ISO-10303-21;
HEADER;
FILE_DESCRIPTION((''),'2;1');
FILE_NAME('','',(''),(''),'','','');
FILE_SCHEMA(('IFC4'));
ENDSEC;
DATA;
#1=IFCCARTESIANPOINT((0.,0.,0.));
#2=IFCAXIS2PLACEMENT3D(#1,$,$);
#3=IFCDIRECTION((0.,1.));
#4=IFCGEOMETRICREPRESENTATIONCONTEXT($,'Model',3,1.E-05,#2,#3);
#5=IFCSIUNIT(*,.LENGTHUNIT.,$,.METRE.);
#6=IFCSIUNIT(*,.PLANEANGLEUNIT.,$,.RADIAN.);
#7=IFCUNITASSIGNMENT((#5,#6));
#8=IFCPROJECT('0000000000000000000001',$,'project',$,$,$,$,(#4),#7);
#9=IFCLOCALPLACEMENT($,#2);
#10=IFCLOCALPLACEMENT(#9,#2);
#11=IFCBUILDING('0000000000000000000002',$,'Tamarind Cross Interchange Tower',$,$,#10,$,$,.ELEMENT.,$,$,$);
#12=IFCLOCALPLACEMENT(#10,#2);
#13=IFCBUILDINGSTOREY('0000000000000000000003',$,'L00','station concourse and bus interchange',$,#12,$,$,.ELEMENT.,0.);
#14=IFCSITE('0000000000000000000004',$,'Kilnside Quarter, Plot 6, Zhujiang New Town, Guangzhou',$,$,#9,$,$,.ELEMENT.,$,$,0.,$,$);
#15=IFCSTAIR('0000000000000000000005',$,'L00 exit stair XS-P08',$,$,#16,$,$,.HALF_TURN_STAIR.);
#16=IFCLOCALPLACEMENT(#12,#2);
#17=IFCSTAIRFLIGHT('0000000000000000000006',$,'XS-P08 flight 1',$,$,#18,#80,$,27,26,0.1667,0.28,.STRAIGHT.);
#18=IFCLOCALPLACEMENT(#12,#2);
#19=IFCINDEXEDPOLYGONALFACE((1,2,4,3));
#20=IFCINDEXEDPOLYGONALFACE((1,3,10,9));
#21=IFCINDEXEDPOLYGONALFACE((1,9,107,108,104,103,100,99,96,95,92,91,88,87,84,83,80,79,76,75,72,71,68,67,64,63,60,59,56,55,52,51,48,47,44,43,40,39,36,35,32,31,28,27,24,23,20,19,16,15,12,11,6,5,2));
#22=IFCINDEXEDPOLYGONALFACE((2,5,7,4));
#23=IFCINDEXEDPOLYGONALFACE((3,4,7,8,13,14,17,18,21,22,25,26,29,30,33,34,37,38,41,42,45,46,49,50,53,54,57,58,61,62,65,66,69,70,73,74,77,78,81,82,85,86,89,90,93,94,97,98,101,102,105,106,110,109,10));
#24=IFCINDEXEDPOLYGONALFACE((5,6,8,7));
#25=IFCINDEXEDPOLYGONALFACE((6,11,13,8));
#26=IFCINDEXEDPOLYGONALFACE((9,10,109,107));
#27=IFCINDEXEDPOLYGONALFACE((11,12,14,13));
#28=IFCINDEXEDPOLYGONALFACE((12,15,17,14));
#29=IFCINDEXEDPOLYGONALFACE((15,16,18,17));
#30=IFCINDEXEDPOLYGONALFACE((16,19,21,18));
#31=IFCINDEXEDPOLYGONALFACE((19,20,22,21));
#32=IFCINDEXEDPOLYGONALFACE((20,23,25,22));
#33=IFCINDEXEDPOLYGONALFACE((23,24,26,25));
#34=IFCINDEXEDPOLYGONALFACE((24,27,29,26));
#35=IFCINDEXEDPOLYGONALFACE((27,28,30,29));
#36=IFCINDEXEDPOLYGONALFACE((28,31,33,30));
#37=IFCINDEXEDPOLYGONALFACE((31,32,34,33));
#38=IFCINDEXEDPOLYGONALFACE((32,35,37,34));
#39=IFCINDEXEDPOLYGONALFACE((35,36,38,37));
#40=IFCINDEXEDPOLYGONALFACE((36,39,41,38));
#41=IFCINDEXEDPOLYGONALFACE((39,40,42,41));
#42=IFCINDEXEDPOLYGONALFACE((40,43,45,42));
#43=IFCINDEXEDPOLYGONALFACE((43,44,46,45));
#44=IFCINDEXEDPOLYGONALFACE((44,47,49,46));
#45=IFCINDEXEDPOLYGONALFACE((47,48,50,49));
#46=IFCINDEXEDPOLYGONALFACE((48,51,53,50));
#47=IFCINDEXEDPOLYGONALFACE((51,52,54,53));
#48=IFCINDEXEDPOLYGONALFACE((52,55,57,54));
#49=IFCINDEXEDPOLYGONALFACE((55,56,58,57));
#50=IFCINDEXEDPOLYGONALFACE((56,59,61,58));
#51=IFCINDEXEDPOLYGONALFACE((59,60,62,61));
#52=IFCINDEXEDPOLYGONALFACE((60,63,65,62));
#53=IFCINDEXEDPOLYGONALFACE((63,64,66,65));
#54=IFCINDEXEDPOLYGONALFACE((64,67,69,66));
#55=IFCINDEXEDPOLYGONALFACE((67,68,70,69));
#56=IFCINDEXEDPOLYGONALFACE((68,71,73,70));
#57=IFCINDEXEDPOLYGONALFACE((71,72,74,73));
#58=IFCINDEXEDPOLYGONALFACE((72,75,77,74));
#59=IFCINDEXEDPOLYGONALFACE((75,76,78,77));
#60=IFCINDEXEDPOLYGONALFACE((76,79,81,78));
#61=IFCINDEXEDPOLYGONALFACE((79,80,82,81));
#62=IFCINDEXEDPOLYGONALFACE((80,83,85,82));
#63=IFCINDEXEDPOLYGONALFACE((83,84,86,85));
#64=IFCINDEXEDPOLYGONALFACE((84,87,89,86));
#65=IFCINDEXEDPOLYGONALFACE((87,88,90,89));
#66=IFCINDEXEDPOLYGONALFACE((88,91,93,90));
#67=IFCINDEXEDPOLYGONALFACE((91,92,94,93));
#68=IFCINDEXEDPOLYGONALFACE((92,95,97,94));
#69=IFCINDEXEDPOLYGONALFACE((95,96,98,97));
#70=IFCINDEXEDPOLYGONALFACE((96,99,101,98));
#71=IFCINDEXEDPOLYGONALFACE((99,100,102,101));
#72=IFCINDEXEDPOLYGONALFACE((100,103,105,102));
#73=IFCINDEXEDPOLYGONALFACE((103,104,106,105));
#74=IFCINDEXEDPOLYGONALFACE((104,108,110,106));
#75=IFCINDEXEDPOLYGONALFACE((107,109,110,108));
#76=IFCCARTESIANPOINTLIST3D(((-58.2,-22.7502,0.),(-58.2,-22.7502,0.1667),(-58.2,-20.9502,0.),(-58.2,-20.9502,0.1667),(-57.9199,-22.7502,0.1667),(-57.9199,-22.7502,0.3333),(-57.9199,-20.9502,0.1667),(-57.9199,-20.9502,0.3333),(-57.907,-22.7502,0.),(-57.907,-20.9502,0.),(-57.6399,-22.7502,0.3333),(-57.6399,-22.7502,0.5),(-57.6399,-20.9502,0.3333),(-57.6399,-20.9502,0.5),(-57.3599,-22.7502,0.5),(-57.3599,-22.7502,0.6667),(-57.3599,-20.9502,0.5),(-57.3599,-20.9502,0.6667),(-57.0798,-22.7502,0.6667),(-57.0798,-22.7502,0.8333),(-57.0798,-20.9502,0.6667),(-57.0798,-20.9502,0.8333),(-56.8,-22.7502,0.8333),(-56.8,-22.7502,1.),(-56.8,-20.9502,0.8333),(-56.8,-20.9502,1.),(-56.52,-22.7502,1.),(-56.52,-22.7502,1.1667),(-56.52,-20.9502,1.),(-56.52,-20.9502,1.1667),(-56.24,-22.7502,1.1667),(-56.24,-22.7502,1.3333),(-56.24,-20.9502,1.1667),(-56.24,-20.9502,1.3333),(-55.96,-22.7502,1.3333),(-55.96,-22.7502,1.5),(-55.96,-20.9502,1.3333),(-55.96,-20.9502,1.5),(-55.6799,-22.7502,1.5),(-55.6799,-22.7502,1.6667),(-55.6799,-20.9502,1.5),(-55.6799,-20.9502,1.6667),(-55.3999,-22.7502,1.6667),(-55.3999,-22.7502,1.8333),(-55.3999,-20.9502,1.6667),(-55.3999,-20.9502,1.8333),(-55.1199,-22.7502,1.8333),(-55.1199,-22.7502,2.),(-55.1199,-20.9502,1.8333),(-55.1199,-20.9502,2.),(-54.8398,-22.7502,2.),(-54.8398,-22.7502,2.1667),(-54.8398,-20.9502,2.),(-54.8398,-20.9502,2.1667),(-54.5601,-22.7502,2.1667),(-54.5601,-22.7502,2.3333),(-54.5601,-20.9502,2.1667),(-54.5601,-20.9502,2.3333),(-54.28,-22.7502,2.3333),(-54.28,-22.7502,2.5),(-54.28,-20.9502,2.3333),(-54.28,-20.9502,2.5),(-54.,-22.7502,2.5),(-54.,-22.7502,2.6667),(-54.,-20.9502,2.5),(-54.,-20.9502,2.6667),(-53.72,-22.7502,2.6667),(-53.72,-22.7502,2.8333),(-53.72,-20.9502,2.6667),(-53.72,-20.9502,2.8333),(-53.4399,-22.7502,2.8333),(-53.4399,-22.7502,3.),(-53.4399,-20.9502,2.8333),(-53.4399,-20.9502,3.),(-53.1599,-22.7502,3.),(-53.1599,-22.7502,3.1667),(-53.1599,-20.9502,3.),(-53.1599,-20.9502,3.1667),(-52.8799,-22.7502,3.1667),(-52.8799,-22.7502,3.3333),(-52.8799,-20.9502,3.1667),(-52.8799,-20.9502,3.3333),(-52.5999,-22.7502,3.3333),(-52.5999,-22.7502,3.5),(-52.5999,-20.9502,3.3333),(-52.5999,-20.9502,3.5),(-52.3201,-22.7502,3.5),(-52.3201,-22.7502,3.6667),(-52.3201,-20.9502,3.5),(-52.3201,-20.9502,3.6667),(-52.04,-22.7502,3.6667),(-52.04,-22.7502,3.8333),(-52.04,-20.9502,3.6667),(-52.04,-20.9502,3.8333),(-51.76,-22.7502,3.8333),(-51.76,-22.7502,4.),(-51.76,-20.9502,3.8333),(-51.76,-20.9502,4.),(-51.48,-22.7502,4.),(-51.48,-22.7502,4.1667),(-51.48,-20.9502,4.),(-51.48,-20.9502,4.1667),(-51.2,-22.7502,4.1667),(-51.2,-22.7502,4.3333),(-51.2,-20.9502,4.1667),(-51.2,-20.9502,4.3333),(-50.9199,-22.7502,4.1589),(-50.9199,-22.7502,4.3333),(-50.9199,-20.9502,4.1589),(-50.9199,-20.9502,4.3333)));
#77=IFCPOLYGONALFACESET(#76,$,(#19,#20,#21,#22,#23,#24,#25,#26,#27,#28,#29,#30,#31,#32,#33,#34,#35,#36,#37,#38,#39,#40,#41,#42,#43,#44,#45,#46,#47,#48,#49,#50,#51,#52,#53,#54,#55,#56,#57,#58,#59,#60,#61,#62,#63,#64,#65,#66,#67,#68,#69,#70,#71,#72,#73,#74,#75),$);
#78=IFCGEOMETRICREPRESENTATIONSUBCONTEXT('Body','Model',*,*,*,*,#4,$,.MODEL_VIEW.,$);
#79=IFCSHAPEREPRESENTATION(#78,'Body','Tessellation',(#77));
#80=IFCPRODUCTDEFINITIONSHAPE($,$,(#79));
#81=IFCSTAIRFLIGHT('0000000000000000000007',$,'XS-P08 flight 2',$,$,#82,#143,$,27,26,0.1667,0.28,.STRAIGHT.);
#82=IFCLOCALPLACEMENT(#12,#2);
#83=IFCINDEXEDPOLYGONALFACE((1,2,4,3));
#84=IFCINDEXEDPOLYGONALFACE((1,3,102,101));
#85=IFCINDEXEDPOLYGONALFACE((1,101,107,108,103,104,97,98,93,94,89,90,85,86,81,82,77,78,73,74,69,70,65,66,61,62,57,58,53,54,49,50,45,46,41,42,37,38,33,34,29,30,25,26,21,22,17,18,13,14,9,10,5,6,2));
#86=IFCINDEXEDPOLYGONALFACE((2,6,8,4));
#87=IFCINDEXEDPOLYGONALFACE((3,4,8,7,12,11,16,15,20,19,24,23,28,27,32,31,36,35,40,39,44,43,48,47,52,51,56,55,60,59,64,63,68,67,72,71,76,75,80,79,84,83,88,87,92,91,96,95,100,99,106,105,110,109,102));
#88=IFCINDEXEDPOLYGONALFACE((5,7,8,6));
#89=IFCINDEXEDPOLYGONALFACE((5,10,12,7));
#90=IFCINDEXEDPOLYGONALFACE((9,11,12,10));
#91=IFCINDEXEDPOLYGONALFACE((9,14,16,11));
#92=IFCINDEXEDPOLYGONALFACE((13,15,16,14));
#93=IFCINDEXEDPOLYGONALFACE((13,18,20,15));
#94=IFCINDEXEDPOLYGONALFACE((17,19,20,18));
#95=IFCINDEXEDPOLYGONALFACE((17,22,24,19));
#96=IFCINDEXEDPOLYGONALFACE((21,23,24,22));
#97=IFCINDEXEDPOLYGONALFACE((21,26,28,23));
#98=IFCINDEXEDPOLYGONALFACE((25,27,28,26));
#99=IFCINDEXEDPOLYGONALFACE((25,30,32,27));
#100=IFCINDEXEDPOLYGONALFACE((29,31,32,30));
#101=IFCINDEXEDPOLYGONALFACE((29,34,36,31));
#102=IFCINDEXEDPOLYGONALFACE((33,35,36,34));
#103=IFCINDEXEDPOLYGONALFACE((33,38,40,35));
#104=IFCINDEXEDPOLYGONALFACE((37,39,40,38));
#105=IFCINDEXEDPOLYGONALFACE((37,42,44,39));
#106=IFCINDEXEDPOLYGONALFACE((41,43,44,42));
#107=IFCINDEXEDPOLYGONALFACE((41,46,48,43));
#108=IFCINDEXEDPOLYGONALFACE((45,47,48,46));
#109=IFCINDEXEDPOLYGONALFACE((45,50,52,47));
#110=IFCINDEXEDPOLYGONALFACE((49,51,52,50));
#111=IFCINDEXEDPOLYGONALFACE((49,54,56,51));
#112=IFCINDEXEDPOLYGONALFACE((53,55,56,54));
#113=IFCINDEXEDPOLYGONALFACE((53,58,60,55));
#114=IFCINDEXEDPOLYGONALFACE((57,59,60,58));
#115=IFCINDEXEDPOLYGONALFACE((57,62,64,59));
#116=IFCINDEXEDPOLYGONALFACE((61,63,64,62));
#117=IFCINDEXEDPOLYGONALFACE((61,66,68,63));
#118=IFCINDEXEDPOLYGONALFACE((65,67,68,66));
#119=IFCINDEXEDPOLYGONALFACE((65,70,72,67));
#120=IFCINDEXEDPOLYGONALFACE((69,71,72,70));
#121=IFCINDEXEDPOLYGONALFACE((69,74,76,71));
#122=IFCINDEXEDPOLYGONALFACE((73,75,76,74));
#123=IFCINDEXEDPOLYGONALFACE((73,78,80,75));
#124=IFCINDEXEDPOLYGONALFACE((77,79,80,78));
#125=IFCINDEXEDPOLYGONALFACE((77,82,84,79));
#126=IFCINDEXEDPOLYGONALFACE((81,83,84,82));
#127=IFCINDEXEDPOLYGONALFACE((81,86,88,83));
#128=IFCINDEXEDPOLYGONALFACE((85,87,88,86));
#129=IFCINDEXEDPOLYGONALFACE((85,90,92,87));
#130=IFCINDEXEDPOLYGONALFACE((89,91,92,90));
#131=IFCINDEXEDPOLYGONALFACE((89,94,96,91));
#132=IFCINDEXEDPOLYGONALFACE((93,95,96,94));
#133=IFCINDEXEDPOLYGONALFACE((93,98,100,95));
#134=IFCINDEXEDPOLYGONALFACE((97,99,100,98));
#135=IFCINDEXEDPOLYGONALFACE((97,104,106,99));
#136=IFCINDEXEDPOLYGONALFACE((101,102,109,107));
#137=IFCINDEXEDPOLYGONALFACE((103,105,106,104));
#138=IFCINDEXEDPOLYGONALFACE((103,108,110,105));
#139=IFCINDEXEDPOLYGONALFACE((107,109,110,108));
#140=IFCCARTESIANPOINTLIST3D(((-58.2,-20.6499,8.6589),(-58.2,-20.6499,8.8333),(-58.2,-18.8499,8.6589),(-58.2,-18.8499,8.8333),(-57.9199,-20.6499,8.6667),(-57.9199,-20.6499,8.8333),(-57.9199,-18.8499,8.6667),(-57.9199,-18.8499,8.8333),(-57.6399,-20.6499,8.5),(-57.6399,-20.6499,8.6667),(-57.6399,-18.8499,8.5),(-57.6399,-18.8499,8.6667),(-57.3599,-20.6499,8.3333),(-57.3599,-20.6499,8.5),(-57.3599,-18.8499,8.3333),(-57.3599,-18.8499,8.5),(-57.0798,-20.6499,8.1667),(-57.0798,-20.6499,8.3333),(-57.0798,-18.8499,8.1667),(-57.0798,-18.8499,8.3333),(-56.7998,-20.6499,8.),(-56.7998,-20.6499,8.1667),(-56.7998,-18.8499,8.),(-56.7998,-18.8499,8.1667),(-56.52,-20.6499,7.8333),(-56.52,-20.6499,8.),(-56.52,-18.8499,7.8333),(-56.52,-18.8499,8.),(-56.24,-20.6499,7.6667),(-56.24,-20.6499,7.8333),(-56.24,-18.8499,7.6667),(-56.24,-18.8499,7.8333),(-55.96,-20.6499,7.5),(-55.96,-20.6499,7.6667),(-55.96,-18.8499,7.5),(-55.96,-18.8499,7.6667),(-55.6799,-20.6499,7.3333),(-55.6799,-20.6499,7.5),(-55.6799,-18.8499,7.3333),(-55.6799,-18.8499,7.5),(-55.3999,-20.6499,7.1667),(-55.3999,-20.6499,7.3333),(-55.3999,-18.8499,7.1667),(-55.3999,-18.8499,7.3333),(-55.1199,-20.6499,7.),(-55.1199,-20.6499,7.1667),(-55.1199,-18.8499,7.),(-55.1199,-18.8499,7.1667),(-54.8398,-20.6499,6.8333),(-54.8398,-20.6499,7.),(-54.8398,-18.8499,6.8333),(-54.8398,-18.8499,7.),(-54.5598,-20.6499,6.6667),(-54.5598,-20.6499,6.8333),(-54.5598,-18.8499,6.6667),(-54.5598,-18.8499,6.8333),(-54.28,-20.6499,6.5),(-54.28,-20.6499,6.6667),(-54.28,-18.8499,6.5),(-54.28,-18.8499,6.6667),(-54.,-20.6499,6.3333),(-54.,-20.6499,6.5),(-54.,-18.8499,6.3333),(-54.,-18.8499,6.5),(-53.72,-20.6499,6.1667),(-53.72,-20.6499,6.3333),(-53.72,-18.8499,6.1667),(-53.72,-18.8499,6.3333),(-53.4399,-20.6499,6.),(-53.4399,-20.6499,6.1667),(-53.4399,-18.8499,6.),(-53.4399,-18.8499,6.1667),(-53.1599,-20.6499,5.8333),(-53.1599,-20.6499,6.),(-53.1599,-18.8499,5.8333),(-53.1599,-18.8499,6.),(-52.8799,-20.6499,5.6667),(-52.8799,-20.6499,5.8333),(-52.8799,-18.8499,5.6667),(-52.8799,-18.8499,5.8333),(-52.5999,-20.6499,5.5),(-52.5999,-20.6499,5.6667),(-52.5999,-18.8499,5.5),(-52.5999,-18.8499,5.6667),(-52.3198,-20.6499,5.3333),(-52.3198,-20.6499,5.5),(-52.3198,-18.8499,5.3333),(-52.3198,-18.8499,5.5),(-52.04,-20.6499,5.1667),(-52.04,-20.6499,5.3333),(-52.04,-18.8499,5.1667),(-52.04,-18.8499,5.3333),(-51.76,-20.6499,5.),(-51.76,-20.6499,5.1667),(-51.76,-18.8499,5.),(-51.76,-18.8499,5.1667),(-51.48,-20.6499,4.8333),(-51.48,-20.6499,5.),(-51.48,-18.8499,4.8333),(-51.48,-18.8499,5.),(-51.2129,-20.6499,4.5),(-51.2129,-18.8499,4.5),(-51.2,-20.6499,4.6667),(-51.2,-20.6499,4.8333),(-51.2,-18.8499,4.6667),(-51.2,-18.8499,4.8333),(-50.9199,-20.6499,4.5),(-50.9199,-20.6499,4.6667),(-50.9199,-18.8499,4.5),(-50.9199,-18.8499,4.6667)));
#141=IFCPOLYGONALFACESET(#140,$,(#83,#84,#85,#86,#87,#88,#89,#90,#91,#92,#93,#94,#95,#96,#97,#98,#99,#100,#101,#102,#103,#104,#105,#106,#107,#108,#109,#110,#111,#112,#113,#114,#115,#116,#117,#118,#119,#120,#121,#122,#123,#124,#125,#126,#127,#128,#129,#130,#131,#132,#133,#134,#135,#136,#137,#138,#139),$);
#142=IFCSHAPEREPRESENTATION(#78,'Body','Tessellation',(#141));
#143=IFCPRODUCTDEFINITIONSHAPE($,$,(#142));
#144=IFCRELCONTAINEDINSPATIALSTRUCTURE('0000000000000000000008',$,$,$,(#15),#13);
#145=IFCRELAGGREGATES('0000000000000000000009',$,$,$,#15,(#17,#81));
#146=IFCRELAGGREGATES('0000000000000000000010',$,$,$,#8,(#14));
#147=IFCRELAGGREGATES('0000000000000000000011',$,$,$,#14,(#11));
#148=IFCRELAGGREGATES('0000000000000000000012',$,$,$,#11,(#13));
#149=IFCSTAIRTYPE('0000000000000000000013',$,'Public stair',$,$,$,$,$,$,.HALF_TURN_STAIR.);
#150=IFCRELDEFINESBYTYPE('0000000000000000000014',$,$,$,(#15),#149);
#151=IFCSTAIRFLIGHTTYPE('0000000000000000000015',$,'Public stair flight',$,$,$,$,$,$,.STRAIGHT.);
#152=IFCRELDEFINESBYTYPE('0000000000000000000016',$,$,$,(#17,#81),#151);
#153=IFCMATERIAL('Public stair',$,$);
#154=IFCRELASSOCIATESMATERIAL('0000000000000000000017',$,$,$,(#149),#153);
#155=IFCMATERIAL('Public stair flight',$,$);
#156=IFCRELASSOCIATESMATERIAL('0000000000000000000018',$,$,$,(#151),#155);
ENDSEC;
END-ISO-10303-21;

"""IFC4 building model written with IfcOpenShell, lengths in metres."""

from ifc_helpers import new_model, si_unit, direction, frame, origin, place, context, subcontext, project, spatial, polyline, outline, extrude, material, type_object, element, aggregate, save


model = new_model("IFC4")

# Units and contexts
model_context = context("Model", 3, precision=1e-05, world=origin(), true_north=direction((0.0, 1.0)))
body_context = subcontext(model_context, "Body", "Model", "MODEL_VIEW")
ifc_project = project(units=[si_unit("LENGTHUNIT", "METRE"), si_unit("PLANEANGLEUNIT", "RADIAN")], contexts=[model_context])

# Site, building, storey
site_placement = place(None, origin())
site = spatial("IfcSite", under=ifc_project, at=site_placement, Name="Kilnside Quarter, Plot 6, Zhujiang New Town, Guangzhou", CompositionType="ELEMENT", RefElevation=0.0)
building_placement = place(site_placement, origin())
building = spatial("IfcBuilding", under=site, at=building_placement, Name="Tamarind Cross Interchange Tower", CompositionType="ELEMENT")
storey_placement = place(building_placement, origin())
storey = spatial("IfcBuildingStorey", under=building, at=storey_placement, Name="L00", Description="station concourse and bus interchange", CompositionType="ELEMENT", Elevation=0.0)

# Stair, stair flights
ifc_material_1 = material(Name="Public stair")
stair_type = type_object("IfcStairType", Name="Public stair", PredefinedType="HALF_TURN_STAIR", material=ifc_material_1)
stair_placement = place(storey_placement, origin())
stair = element("IfcStair", 1, at=stair_placement, inside=storey, type_object=stair_type, Name="L00 exit stair XS-P08", PredefinedType="HALF_TURN_STAIR")
ifc_material_2 = material(Name="Public stair flight")
stair_flight_type = type_object("IfcStairFlightType", Name="Public stair flight", PredefinedType="STRAIGHT", material=ifc_material_2)
stair_flight_1_placement = place(storey_placement, frame((-58.2, -21.8501, 0.0), z_axis=(0.0, 0.0, 1.0), x_axis=(1.0, 0.0, 0.0)))
stair_flight_1 = element("IfcStairFlight", 2, at=stair_flight_1_placement, type_object=stair_flight_type, Name="XS-P08 flight 1", NumberOfRisers=27, NumberOfTreads=26, PredefinedType="STRAIGHT", RiserHeight=0.1667, TreadLength=0.28, context=body_context, shape_type="SweptSolid", body=[
    extrude(outline(polyline([(0.0, 0.0), (0.0, 0.1667), (0.28, 0.1667), (0.28, 0.3333), (0.5601, 0.3333), (0.5601, 0.5), (0.8401, 0.5), (0.8401, 0.6667), (1.1201, 0.6667), (1.1201, 0.8333), (1.3999, 0.8333), (1.3999, 1.0), (1.6799, 1.0), (1.6799, 1.1667), (1.96, 1.1667), (1.96, 1.3333), (2.24, 1.3333), (2.24, 1.5), (2.52, 1.5), (2.52, 1.6667), (2.8, 1.6667), (2.8, 1.8333), (3.0801, 1.8333), (3.0801, 2.0), (3.3601, 2.0), (3.3601, 2.1667), (3.6399, 2.1667), (3.6399, 2.3333), (3.9199, 2.3333), (3.9199, 2.5), (4.2, 2.5), (4.2, 2.6667), (4.48, 2.6667), (4.48, 2.8333), (4.76, 2.8333), (4.76, 3.0), (5.04, 3.0), (5.04, 3.1667), (5.3201, 3.1667), (5.3201, 3.3333), (5.6001, 3.3333), (5.6001, 3.5), (5.8799, 3.5), (5.8799, 3.6667), (6.1599, 3.6667), (6.1599, 3.8333), (6.4399, 3.8333), (6.4399, 4.0), (6.72, 4.0), (6.72, 4.1667), (7.0, 4.1667), (7.0, 4.3333), (7.28, 4.3333), (7.28, 4.5), (7.28, 4.1589), (0.293, 0.0), (0.0, 0.0)])), frame((0.0, 0.8999, 0.0), z_axis=(0.0, -1.0, 0.0), x_axis=(1.0, 0.0, 0.0)), (0.0, 0.0, 1.0), 1.8),
])
stair_flight_2_placement = place(storey_placement, frame((-50.9199, -19.75, 4.5), z_axis=(0.0, 0.0, 1.0), x_axis=(-1.0, 0.0, 0.0)))
stair_flight_2 = element("IfcStairFlight", 3, at=stair_flight_2_placement, type_object=stair_flight_type, Name="XS-P08 flight 2", NumberOfRisers=27, NumberOfTreads=26, PredefinedType="STRAIGHT", RiserHeight=0.1667, TreadLength=0.28, context=body_context, shape_type="SweptSolid", body=[
    extrude(outline(polyline([(0.0, 0.0), (0.0, 0.1667), (0.28, 0.1667), (0.28, 0.3333), (0.5601, 0.3333), (0.5601, 0.5), (0.8401, 0.5), (0.8401, 0.6667), (1.1201, 0.6667), (1.1201, 0.8333), (1.3999, 0.8333), (1.3999, 1.0), (1.6799, 1.0), (1.6799, 1.1667), (1.96, 1.1667), (1.96, 1.3333), (2.24, 1.3333), (2.24, 1.5), (2.52, 1.5), (2.52, 1.6667), (2.8, 1.6667), (2.8, 1.8333), (3.0801, 1.8333), (3.0801, 2.0), (3.3601, 2.0), (3.3601, 2.1667), (3.6399, 2.1667), (3.6399, 2.3333), (3.9199, 2.3333), (3.9199, 2.5), (4.2, 2.5), (4.2, 2.6667), (4.48, 2.6667), (4.48, 2.8333), (4.76, 2.8333), (4.76, 3.0), (5.04, 3.0), (5.04, 3.1667), (5.3201, 3.1667), (5.3201, 3.3333), (5.6001, 3.3333), (5.6001, 3.5), (5.8799, 3.5), (5.8799, 3.6667), (6.1599, 3.6667), (6.1599, 3.8333), (6.4399, 3.8333), (6.4399, 4.0), (6.72, 4.0), (6.72, 4.1667), (7.0, 4.1667), (7.0, 4.3333), (7.28, 4.3333), (7.28, 4.5), (7.28, 4.1589), (0.293, 0.0), (0.0, 0.0)])), frame((0.0, 0.8999, 0.0), z_axis=(0.0, -1.0, 0.0), x_axis=(1.0, 0.0, 0.0)), (0.0, 0.0, 1.0), 1.8),
])
aggregate(stair, [stair_flight_1, stair_flight_2])

save(model, "model.ifc")
